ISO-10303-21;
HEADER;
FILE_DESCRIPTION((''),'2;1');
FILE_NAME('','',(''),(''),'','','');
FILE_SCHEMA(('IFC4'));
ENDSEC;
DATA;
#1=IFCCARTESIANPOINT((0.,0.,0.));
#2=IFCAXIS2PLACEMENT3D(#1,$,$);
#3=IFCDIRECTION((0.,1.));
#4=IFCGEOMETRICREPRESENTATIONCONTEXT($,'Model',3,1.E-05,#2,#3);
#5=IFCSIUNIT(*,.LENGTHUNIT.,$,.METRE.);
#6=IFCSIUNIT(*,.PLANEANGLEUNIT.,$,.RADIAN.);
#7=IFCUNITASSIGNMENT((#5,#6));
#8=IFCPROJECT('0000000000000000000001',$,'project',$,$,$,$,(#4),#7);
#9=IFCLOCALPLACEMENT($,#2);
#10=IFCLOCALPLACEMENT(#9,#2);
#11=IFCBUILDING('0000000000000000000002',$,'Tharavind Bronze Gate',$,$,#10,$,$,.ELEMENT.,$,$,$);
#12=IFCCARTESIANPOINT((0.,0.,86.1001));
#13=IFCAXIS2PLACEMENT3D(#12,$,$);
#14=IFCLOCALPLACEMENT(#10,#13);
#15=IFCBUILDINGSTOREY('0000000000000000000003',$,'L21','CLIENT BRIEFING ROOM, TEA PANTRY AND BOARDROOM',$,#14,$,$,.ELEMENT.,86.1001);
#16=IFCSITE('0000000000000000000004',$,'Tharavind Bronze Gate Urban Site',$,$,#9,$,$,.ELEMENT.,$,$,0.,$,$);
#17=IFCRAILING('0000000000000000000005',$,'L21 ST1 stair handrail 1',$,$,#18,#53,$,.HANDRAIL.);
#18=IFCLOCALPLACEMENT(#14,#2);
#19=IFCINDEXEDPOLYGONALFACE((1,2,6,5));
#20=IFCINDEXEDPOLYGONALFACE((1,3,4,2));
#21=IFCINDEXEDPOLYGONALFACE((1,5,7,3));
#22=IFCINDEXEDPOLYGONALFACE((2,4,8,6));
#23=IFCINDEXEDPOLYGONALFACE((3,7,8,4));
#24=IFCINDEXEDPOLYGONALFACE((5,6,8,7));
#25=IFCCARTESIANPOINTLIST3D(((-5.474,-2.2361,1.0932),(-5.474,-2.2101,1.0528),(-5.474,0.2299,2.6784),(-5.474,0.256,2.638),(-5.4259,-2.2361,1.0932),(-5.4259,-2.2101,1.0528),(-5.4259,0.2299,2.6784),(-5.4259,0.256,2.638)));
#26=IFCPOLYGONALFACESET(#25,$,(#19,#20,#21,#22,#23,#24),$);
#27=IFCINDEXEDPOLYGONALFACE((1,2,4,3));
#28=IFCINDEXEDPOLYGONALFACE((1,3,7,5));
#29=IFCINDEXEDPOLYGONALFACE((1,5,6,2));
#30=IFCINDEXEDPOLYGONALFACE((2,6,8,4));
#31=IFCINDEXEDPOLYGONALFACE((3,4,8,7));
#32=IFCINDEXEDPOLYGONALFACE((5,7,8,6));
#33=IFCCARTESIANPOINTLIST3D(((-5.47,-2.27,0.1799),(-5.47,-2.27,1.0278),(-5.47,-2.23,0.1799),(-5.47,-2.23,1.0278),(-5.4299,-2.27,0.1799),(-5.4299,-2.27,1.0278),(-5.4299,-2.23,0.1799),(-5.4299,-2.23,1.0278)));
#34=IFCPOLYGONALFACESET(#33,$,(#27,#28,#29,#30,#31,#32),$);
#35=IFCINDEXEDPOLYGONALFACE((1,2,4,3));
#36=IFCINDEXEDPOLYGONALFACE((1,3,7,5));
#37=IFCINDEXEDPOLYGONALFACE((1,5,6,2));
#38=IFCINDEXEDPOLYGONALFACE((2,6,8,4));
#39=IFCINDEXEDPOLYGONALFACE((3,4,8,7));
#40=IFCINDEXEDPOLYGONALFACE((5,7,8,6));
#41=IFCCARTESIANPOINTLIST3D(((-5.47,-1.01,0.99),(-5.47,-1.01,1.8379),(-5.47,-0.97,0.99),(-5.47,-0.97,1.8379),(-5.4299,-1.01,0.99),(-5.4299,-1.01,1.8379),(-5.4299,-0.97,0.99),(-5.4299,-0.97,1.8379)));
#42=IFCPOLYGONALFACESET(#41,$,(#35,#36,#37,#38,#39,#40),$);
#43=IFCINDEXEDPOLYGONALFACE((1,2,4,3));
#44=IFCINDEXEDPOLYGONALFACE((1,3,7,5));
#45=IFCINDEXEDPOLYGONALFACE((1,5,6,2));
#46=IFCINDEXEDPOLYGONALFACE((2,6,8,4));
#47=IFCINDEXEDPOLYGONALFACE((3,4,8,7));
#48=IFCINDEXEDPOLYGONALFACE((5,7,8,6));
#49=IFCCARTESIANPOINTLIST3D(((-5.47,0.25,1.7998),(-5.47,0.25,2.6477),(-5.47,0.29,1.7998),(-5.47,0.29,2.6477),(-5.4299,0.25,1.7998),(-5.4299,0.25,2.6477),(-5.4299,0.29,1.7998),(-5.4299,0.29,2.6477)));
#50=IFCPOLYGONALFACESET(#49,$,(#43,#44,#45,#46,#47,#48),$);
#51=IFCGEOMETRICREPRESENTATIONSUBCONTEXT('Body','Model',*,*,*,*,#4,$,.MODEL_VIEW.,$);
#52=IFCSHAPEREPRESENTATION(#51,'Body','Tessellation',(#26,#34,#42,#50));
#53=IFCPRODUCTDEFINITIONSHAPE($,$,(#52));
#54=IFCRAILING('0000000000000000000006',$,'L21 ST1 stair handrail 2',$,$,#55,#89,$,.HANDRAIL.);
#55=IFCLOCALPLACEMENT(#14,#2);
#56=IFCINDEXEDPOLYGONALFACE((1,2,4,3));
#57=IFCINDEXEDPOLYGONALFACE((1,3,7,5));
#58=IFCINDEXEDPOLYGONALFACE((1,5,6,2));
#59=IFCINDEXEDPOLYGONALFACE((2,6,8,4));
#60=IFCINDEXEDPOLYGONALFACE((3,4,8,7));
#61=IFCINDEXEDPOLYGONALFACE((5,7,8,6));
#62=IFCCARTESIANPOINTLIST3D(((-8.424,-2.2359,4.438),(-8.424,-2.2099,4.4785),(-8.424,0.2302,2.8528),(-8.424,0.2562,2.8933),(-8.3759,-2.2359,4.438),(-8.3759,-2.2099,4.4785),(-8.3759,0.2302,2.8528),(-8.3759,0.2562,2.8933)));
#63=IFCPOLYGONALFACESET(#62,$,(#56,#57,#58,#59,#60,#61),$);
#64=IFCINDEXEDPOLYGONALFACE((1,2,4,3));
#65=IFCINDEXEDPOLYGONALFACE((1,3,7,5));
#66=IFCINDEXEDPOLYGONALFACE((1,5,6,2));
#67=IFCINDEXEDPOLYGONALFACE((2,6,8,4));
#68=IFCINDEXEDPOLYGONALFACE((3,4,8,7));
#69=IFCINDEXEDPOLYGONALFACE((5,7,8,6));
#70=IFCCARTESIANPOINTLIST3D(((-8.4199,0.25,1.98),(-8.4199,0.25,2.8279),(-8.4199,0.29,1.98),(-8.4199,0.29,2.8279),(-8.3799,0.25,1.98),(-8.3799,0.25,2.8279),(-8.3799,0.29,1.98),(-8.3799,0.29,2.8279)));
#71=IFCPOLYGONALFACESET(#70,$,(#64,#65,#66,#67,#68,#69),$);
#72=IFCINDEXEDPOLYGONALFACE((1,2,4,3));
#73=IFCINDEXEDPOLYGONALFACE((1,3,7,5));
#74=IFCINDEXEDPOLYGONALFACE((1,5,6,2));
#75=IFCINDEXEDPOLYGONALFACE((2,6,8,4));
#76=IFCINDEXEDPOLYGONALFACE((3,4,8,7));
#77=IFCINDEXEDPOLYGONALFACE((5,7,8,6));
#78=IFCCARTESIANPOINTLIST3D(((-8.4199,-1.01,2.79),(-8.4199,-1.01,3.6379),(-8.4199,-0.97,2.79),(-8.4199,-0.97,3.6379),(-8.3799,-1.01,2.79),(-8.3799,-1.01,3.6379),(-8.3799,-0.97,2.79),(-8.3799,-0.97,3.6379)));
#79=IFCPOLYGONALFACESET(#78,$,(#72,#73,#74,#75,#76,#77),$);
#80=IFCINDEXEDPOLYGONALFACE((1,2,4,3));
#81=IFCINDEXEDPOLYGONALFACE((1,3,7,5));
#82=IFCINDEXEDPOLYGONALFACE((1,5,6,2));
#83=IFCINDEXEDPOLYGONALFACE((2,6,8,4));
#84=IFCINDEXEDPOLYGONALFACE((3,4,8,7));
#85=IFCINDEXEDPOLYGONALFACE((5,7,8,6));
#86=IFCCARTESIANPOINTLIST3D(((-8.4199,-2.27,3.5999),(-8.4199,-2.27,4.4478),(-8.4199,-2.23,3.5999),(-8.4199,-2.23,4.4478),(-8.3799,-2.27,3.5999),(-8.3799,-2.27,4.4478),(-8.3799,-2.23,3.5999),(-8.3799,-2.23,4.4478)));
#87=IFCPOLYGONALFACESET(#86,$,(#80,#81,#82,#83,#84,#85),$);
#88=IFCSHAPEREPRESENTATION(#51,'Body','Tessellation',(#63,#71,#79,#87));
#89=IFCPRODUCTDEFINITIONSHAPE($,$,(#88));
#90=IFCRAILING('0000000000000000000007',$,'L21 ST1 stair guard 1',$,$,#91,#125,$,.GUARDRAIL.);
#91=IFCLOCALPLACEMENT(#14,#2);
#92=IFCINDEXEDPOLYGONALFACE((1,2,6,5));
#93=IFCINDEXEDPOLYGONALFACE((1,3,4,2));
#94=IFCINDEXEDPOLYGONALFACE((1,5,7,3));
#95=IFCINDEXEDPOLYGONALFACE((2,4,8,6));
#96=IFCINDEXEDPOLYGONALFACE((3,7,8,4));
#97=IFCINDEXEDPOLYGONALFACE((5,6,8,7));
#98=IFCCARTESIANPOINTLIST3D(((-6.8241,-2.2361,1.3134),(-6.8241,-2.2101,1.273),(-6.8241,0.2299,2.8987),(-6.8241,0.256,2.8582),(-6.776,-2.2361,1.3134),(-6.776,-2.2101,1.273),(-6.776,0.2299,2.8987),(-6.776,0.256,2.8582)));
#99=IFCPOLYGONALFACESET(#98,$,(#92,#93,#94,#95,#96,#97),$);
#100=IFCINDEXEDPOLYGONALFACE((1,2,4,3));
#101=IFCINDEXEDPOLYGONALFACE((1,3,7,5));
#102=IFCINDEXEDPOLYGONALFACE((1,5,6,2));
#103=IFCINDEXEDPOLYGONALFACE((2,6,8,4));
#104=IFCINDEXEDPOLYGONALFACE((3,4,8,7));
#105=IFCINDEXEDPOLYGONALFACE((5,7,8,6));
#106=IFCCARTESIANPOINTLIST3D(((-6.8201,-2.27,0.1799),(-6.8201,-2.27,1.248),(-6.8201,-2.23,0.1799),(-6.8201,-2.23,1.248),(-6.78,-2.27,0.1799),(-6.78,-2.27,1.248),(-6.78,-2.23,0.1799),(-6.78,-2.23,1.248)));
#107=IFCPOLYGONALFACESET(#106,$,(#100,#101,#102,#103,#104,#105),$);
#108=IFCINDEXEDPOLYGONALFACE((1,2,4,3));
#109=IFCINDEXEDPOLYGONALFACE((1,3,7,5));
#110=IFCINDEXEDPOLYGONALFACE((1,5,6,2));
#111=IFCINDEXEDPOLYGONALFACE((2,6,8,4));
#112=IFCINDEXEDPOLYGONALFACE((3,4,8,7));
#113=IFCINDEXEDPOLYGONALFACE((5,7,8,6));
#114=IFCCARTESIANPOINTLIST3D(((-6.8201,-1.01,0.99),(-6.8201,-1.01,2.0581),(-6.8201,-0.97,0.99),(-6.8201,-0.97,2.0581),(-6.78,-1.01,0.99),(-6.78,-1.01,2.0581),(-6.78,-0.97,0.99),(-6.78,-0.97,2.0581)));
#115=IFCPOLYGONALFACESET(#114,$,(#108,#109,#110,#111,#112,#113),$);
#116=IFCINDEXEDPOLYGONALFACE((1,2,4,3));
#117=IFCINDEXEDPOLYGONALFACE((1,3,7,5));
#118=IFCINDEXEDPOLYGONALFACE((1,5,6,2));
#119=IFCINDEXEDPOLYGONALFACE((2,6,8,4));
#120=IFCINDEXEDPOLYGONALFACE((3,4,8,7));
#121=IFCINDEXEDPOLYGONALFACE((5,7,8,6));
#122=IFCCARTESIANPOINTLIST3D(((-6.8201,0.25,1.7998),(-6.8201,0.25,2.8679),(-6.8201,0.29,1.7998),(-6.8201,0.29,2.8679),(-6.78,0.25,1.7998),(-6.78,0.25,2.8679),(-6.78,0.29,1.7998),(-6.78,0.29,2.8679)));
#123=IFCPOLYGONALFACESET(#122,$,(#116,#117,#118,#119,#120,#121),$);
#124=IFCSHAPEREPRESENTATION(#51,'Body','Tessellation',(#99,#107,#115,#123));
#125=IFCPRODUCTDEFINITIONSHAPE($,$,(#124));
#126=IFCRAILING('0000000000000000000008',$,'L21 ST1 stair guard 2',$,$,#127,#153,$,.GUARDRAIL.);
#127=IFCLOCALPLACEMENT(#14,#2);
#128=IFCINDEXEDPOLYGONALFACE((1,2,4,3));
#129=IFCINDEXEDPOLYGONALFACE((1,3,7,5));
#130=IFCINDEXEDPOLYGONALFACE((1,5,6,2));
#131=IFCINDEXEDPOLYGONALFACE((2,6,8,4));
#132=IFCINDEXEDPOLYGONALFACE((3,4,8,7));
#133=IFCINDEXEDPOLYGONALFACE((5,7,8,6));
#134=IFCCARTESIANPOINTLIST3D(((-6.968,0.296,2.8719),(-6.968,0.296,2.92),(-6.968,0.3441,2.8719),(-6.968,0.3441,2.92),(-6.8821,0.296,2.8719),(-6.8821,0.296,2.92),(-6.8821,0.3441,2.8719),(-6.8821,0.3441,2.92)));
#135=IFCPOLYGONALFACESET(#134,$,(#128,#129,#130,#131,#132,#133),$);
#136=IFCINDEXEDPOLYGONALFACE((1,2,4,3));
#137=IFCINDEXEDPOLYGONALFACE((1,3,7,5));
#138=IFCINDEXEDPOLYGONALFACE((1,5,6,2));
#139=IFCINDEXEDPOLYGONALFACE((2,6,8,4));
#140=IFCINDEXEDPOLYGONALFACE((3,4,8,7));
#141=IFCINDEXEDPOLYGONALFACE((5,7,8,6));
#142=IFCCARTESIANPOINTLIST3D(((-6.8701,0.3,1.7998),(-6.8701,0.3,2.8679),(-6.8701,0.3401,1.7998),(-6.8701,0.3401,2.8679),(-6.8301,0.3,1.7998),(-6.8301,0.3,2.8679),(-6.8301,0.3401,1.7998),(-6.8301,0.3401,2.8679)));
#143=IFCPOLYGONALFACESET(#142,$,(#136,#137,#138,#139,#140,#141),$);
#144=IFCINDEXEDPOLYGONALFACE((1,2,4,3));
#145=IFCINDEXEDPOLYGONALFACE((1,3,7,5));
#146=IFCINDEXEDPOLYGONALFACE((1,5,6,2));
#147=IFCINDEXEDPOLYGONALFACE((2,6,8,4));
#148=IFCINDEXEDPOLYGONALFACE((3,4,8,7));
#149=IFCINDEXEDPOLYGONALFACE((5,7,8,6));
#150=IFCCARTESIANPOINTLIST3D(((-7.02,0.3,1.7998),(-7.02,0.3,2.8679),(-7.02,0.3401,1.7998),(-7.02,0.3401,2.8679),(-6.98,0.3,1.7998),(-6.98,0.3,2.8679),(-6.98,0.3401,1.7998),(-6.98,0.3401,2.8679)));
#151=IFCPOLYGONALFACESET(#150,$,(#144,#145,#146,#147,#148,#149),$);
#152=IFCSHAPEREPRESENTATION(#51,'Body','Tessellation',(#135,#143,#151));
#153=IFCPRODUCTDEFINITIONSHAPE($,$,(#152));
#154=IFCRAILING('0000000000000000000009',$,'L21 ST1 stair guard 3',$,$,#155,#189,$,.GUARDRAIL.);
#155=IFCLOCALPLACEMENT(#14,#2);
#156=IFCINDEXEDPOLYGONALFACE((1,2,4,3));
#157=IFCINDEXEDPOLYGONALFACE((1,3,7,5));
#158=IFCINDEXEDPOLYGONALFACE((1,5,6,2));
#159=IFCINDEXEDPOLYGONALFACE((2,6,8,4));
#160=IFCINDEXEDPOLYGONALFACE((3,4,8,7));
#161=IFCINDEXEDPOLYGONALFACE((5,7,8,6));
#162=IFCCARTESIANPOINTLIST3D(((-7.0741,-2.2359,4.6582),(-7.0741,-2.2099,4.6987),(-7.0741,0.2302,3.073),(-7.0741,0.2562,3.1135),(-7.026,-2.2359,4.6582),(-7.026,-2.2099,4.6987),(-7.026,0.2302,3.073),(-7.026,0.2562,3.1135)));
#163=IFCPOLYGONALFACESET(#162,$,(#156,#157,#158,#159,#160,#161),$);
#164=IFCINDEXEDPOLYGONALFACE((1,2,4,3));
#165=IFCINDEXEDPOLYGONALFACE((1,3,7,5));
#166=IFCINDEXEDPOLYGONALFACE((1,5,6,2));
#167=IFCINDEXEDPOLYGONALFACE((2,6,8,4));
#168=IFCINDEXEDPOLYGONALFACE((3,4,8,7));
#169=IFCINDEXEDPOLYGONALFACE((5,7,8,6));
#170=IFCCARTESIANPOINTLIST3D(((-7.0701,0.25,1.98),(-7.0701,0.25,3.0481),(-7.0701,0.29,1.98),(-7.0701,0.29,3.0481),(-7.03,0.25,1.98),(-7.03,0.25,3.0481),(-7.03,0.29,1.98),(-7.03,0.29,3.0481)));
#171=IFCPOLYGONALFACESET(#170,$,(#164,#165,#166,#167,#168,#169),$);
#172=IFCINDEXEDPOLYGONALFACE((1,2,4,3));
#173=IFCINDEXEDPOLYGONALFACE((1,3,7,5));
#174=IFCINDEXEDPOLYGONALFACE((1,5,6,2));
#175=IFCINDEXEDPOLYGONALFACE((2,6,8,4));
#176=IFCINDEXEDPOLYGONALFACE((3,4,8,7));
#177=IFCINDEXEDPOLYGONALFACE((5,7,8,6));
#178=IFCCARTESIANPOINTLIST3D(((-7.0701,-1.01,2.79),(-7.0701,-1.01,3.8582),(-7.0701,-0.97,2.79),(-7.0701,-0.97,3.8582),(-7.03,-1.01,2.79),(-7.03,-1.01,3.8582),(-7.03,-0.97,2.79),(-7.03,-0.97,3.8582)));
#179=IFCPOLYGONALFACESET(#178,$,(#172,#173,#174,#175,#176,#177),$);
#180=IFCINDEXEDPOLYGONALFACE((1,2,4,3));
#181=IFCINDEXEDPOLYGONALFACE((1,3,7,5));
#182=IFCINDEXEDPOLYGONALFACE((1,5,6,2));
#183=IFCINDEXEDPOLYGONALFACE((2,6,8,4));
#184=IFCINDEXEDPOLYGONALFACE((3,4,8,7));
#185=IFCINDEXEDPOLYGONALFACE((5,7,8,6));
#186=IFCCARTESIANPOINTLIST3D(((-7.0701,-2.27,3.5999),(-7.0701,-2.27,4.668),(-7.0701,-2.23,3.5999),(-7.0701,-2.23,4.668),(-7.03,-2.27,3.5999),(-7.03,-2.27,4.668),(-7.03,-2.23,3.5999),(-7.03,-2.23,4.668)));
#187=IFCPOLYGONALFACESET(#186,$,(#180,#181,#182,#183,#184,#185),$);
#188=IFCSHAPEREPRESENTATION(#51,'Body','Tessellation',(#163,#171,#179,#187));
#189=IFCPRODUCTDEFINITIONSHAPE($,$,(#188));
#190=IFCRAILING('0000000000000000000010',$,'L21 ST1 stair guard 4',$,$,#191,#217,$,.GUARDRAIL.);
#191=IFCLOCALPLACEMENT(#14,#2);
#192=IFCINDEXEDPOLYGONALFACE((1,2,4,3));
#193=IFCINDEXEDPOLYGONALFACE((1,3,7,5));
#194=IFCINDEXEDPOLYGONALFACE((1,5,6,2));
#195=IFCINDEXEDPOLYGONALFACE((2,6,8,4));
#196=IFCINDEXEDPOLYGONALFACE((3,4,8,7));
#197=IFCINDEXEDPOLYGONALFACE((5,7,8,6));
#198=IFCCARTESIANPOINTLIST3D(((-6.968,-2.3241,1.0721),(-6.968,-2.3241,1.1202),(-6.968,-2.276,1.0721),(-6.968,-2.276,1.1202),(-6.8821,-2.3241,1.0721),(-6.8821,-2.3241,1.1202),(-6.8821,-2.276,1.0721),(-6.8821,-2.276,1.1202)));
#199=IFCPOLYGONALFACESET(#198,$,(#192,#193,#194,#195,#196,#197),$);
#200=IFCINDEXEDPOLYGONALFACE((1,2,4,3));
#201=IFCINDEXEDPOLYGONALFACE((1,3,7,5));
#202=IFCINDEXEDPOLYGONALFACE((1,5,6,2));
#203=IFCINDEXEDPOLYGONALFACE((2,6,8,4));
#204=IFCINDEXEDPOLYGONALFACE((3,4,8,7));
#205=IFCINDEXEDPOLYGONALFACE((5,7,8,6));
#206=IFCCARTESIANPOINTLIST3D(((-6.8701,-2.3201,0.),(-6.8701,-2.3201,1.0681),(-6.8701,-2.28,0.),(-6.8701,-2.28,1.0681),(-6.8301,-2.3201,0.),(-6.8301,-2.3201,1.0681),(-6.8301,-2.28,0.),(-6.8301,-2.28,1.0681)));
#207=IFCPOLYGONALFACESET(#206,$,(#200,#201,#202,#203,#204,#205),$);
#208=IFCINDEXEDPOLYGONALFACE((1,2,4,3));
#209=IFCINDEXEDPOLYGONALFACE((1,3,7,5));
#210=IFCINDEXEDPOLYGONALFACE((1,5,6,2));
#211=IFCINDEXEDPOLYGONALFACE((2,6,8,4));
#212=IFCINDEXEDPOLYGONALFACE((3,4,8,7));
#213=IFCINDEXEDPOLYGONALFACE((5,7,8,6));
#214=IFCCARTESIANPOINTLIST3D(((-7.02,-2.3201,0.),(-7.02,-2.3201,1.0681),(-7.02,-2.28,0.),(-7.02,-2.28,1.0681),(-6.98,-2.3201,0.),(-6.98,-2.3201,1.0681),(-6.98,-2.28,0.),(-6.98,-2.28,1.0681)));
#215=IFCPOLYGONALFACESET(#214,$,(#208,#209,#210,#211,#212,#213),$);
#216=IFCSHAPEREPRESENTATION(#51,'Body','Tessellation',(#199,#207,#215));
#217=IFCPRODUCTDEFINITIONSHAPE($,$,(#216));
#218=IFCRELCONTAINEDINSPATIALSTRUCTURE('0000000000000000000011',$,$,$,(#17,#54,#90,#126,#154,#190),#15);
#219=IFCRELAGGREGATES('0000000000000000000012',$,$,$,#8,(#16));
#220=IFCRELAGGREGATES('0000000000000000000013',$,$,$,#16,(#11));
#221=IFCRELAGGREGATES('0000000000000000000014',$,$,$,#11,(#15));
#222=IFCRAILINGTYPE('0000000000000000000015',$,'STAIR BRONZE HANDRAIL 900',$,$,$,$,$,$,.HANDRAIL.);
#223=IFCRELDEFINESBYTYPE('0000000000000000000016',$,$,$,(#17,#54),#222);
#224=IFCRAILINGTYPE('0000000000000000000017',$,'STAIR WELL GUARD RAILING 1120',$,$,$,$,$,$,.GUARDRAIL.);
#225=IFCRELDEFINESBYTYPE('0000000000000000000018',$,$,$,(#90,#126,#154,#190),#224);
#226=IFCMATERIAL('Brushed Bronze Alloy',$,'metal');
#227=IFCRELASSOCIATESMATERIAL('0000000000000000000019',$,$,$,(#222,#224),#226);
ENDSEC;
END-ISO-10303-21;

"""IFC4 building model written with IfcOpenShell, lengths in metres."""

from ifc_helpers import new_model, si_unit, direction, frame, origin, origin_2d, place, context, subcontext, project, spatial, rectangle, extrude, material, type_object, element, save


model = new_model("IFC4")

# Units and contexts
model_context = context("Model", 3, precision=1e-05, world=origin(), true_north=direction((0.0, 1.0)))
body_context = subcontext(model_context, "Body", "Model", "MODEL_VIEW")
ifc_project = project(units=[si_unit("LENGTHUNIT", "METRE"), si_unit("PLANEANGLEUNIT", "RADIAN")], contexts=[model_context])

# Site, building, storey
site_placement = place(None, origin())
site = spatial("IfcSite", under=ifc_project, at=site_placement, Name="Tharavind Bronze Gate Urban Site", CompositionType="ELEMENT", RefElevation=0.0)
building_placement = place(site_placement, origin())
building = spatial("IfcBuilding", under=site, at=building_placement, Name="Tharavind Bronze Gate", CompositionType="ELEMENT")
storey_placement = place(building_placement, frame((0.0, 0.0, 86.1001)))
storey = spatial("IfcBuildingStorey", under=building, at=storey_placement, Name="L21", Description="CLIENT BRIEFING ROOM, TEA PANTRY AND BOARDROOM", CompositionType="ELEMENT", Elevation=86.1001)

# Railings
ifc_material_1 = material(Name="Brushed Bronze Alloy", Category="metal")
railing_type_1 = type_object("IfcRailingType", Name="STAIR BRONZE HANDRAIL 900", PredefinedType="HANDRAIL", material=ifc_material_1)
railing_1_placement = place(storey_placement, frame((-5.45, -2.25, 0.1799)))
element("IfcRailing", 1, at=railing_1_placement, inside=storey, type_object=railing_type_1, Name="L21 ST1 stair handrail 1", PredefinedType="HANDRAIL", context=body_context, shape_type="SweptSolid", body=[
    extrude(rectangle(XDim=0.0481, YDim=0.0481, at=origin_2d()), frame((0.0, 0.0269, 0.8931), z_axis=(0.0, 0.8412, 0.540725), x_axis=(-1.0, 0.0, 0.0)), (0.0, 0.0, 1.0), 2.9316),
    extrude(rectangle(XDim=0.04, YDim=0.04, at=origin_2d()), origin(), (0.0, 0.0, 1.0), 0.8479),
    extrude(rectangle(XDim=0.04, YDim=0.04, at=origin_2d()), frame((0.0, 1.26, 0.8101)), (0.0, 0.0, 1.0), 0.8479),
    extrude(rectangle(XDim=0.04, YDim=0.04, at=origin_2d()), frame((0.0, 2.52, 1.6199)), (0.0, 0.0, 1.0), 0.8479),
])
railing_2_placement = place(storey_placement, frame((-8.3999, 0.27, 1.98)))
element("IfcRailing", 2, at=railing_2_placement, inside=storey, type_object=railing_type_1, Name="L21 ST1 stair handrail 2", PredefinedType="HANDRAIL", context=body_context, shape_type="SweptSolid", body=[
    extrude(rectangle(XDim=0.0481, YDim=0.0481, at=origin_2d()), frame((0.0, -0.0269, 0.8931), z_axis=(0.0, -0.8412, 0.540725), x_axis=(1.0, 0.0, 0.0)), (0.0, 0.0, 1.0), 2.9316),
    extrude(rectangle(XDim=0.04, YDim=0.04, at=origin_2d()), origin(), (0.0, 0.0, 1.0), 0.8479),
    extrude(rectangle(XDim=0.04, YDim=0.04, at=origin_2d()), frame((0.0, -1.26, 0.8101)), (0.0, 0.0, 1.0), 0.8479),
    extrude(rectangle(XDim=0.04, YDim=0.04, at=origin_2d()), frame((0.0, -2.52, 1.6199)), (0.0, 0.0, 1.0), 0.8479),
])
railing_type_2 = type_object("IfcRailingType", Name="STAIR WELL GUARD RAILING 1120", PredefinedType="GUARDRAIL", material=ifc_material_1)
railing_3_placement = place(storey_placement, frame((-6.8, -2.25, 0.1799)))
element("IfcRailing", 3, at=railing_3_placement, inside=storey, type_object=railing_type_2, Name="L21 ST1 stair guard 1", PredefinedType="GUARDRAIL", context=body_context, shape_type="SweptSolid", body=[
    extrude(rectangle(XDim=0.0481, YDim=0.0481, at=origin_2d()), frame((0.0, 0.0269, 1.1133), z_axis=(0.0, 0.8412, 0.540725), x_axis=(-1.0, 0.0, 0.0)), (0.0, 0.0, 1.0), 2.9316),
    extrude(rectangle(XDim=0.04, YDim=0.04, at=origin_2d()), origin(), (0.0, 0.0, 1.0), 1.0681),
    extrude(rectangle(XDim=0.04, YDim=0.04, at=origin_2d()), frame((0.0, 1.26, 0.8101)), (0.0, 0.0, 1.0), 1.0681),
    extrude(rectangle(XDim=0.04, YDim=0.04, at=origin_2d()), frame((0.0, 2.52, 1.6199)), (0.0, 0.0, 1.0), 1.0681),
])
railing_4_placement = place(storey_placement, frame((-6.8501, 0.3201, 1.7998)))
element("IfcRailing", 4, at=railing_4_placement, inside=storey, type_object=railing_type_2, Name="L21 ST1 stair guard 2", PredefinedType="GUARDRAIL", context=body_context, shape_type="SweptSolid", body=[
    extrude(rectangle(XDim=0.0481, YDim=0.0481, at=origin_2d()), frame((-0.032, 0.0, 1.0962), z_axis=(-1.0, 0.0, 0.0), x_axis=(0.0, -1.0, 0.0)), (0.0, 0.0, 1.0), 0.0859),
    extrude(rectangle(XDim=0.04, YDim=0.04, at=origin_2d()), origin(), (0.0, 0.0, 1.0), 1.0681),
    extrude(rectangle(XDim=0.04, YDim=0.04, at=origin_2d()), frame((-0.1499, 0.0, 0.0)), (0.0, 0.0, 1.0), 1.0681),
])
railing_5_placement = place(storey_placement, frame((-7.05, 0.27, 1.98)))
element("IfcRailing", 5, at=railing_5_placement, inside=storey, type_object=railing_type_2, Name="L21 ST1 stair guard 3", PredefinedType="GUARDRAIL", context=body_context, shape_type="SweptSolid", body=[
    extrude(rectangle(XDim=0.0481, YDim=0.0481, at=origin_2d()), frame((0.0, -0.0269, 1.1133), z_axis=(0.0, -0.8412, 0.540725), x_axis=(1.0, 0.0, 0.0)), (0.0, 0.0, 1.0), 2.9316),
    extrude(rectangle(XDim=0.04, YDim=0.04, at=origin_2d()), origin(), (0.0, 0.0, 1.0), 1.0681),
    extrude(rectangle(XDim=0.04, YDim=0.04, at=origin_2d()), frame((0.0, -1.26, 0.8101)), (0.0, 0.0, 1.0), 1.0681),
    extrude(rectangle(XDim=0.04, YDim=0.04, at=origin_2d()), frame((0.0, -2.52, 1.6199)), (0.0, 0.0, 1.0), 1.0681),
])
railing_6_placement = place(storey_placement, frame((-6.8501, -2.3, 0.0)))
element("IfcRailing", 6, at=railing_6_placement, inside=storey, type_object=railing_type_2, Name="L21 ST1 stair guard 4", PredefinedType="GUARDRAIL", context=body_context, shape_type="SweptSolid", body=[
    extrude(rectangle(XDim=0.0481, YDim=0.0481, at=origin_2d()), frame((-0.032, 0.0, 1.0962), z_axis=(-1.0, 0.0, 0.0), x_axis=(0.0, -1.0, 0.0)), (0.0, 0.0, 1.0), 0.0859),
    extrude(rectangle(XDim=0.04, YDim=0.04, at=origin_2d()), origin(), (0.0, 0.0, 1.0), 1.0681),
    extrude(rectangle(XDim=0.04, YDim=0.04, at=origin_2d()), frame((-0.1499, 0.0, 0.0)), (0.0, 0.0, 1.0), 1.0681),
])

save(model, "model.ifc")
